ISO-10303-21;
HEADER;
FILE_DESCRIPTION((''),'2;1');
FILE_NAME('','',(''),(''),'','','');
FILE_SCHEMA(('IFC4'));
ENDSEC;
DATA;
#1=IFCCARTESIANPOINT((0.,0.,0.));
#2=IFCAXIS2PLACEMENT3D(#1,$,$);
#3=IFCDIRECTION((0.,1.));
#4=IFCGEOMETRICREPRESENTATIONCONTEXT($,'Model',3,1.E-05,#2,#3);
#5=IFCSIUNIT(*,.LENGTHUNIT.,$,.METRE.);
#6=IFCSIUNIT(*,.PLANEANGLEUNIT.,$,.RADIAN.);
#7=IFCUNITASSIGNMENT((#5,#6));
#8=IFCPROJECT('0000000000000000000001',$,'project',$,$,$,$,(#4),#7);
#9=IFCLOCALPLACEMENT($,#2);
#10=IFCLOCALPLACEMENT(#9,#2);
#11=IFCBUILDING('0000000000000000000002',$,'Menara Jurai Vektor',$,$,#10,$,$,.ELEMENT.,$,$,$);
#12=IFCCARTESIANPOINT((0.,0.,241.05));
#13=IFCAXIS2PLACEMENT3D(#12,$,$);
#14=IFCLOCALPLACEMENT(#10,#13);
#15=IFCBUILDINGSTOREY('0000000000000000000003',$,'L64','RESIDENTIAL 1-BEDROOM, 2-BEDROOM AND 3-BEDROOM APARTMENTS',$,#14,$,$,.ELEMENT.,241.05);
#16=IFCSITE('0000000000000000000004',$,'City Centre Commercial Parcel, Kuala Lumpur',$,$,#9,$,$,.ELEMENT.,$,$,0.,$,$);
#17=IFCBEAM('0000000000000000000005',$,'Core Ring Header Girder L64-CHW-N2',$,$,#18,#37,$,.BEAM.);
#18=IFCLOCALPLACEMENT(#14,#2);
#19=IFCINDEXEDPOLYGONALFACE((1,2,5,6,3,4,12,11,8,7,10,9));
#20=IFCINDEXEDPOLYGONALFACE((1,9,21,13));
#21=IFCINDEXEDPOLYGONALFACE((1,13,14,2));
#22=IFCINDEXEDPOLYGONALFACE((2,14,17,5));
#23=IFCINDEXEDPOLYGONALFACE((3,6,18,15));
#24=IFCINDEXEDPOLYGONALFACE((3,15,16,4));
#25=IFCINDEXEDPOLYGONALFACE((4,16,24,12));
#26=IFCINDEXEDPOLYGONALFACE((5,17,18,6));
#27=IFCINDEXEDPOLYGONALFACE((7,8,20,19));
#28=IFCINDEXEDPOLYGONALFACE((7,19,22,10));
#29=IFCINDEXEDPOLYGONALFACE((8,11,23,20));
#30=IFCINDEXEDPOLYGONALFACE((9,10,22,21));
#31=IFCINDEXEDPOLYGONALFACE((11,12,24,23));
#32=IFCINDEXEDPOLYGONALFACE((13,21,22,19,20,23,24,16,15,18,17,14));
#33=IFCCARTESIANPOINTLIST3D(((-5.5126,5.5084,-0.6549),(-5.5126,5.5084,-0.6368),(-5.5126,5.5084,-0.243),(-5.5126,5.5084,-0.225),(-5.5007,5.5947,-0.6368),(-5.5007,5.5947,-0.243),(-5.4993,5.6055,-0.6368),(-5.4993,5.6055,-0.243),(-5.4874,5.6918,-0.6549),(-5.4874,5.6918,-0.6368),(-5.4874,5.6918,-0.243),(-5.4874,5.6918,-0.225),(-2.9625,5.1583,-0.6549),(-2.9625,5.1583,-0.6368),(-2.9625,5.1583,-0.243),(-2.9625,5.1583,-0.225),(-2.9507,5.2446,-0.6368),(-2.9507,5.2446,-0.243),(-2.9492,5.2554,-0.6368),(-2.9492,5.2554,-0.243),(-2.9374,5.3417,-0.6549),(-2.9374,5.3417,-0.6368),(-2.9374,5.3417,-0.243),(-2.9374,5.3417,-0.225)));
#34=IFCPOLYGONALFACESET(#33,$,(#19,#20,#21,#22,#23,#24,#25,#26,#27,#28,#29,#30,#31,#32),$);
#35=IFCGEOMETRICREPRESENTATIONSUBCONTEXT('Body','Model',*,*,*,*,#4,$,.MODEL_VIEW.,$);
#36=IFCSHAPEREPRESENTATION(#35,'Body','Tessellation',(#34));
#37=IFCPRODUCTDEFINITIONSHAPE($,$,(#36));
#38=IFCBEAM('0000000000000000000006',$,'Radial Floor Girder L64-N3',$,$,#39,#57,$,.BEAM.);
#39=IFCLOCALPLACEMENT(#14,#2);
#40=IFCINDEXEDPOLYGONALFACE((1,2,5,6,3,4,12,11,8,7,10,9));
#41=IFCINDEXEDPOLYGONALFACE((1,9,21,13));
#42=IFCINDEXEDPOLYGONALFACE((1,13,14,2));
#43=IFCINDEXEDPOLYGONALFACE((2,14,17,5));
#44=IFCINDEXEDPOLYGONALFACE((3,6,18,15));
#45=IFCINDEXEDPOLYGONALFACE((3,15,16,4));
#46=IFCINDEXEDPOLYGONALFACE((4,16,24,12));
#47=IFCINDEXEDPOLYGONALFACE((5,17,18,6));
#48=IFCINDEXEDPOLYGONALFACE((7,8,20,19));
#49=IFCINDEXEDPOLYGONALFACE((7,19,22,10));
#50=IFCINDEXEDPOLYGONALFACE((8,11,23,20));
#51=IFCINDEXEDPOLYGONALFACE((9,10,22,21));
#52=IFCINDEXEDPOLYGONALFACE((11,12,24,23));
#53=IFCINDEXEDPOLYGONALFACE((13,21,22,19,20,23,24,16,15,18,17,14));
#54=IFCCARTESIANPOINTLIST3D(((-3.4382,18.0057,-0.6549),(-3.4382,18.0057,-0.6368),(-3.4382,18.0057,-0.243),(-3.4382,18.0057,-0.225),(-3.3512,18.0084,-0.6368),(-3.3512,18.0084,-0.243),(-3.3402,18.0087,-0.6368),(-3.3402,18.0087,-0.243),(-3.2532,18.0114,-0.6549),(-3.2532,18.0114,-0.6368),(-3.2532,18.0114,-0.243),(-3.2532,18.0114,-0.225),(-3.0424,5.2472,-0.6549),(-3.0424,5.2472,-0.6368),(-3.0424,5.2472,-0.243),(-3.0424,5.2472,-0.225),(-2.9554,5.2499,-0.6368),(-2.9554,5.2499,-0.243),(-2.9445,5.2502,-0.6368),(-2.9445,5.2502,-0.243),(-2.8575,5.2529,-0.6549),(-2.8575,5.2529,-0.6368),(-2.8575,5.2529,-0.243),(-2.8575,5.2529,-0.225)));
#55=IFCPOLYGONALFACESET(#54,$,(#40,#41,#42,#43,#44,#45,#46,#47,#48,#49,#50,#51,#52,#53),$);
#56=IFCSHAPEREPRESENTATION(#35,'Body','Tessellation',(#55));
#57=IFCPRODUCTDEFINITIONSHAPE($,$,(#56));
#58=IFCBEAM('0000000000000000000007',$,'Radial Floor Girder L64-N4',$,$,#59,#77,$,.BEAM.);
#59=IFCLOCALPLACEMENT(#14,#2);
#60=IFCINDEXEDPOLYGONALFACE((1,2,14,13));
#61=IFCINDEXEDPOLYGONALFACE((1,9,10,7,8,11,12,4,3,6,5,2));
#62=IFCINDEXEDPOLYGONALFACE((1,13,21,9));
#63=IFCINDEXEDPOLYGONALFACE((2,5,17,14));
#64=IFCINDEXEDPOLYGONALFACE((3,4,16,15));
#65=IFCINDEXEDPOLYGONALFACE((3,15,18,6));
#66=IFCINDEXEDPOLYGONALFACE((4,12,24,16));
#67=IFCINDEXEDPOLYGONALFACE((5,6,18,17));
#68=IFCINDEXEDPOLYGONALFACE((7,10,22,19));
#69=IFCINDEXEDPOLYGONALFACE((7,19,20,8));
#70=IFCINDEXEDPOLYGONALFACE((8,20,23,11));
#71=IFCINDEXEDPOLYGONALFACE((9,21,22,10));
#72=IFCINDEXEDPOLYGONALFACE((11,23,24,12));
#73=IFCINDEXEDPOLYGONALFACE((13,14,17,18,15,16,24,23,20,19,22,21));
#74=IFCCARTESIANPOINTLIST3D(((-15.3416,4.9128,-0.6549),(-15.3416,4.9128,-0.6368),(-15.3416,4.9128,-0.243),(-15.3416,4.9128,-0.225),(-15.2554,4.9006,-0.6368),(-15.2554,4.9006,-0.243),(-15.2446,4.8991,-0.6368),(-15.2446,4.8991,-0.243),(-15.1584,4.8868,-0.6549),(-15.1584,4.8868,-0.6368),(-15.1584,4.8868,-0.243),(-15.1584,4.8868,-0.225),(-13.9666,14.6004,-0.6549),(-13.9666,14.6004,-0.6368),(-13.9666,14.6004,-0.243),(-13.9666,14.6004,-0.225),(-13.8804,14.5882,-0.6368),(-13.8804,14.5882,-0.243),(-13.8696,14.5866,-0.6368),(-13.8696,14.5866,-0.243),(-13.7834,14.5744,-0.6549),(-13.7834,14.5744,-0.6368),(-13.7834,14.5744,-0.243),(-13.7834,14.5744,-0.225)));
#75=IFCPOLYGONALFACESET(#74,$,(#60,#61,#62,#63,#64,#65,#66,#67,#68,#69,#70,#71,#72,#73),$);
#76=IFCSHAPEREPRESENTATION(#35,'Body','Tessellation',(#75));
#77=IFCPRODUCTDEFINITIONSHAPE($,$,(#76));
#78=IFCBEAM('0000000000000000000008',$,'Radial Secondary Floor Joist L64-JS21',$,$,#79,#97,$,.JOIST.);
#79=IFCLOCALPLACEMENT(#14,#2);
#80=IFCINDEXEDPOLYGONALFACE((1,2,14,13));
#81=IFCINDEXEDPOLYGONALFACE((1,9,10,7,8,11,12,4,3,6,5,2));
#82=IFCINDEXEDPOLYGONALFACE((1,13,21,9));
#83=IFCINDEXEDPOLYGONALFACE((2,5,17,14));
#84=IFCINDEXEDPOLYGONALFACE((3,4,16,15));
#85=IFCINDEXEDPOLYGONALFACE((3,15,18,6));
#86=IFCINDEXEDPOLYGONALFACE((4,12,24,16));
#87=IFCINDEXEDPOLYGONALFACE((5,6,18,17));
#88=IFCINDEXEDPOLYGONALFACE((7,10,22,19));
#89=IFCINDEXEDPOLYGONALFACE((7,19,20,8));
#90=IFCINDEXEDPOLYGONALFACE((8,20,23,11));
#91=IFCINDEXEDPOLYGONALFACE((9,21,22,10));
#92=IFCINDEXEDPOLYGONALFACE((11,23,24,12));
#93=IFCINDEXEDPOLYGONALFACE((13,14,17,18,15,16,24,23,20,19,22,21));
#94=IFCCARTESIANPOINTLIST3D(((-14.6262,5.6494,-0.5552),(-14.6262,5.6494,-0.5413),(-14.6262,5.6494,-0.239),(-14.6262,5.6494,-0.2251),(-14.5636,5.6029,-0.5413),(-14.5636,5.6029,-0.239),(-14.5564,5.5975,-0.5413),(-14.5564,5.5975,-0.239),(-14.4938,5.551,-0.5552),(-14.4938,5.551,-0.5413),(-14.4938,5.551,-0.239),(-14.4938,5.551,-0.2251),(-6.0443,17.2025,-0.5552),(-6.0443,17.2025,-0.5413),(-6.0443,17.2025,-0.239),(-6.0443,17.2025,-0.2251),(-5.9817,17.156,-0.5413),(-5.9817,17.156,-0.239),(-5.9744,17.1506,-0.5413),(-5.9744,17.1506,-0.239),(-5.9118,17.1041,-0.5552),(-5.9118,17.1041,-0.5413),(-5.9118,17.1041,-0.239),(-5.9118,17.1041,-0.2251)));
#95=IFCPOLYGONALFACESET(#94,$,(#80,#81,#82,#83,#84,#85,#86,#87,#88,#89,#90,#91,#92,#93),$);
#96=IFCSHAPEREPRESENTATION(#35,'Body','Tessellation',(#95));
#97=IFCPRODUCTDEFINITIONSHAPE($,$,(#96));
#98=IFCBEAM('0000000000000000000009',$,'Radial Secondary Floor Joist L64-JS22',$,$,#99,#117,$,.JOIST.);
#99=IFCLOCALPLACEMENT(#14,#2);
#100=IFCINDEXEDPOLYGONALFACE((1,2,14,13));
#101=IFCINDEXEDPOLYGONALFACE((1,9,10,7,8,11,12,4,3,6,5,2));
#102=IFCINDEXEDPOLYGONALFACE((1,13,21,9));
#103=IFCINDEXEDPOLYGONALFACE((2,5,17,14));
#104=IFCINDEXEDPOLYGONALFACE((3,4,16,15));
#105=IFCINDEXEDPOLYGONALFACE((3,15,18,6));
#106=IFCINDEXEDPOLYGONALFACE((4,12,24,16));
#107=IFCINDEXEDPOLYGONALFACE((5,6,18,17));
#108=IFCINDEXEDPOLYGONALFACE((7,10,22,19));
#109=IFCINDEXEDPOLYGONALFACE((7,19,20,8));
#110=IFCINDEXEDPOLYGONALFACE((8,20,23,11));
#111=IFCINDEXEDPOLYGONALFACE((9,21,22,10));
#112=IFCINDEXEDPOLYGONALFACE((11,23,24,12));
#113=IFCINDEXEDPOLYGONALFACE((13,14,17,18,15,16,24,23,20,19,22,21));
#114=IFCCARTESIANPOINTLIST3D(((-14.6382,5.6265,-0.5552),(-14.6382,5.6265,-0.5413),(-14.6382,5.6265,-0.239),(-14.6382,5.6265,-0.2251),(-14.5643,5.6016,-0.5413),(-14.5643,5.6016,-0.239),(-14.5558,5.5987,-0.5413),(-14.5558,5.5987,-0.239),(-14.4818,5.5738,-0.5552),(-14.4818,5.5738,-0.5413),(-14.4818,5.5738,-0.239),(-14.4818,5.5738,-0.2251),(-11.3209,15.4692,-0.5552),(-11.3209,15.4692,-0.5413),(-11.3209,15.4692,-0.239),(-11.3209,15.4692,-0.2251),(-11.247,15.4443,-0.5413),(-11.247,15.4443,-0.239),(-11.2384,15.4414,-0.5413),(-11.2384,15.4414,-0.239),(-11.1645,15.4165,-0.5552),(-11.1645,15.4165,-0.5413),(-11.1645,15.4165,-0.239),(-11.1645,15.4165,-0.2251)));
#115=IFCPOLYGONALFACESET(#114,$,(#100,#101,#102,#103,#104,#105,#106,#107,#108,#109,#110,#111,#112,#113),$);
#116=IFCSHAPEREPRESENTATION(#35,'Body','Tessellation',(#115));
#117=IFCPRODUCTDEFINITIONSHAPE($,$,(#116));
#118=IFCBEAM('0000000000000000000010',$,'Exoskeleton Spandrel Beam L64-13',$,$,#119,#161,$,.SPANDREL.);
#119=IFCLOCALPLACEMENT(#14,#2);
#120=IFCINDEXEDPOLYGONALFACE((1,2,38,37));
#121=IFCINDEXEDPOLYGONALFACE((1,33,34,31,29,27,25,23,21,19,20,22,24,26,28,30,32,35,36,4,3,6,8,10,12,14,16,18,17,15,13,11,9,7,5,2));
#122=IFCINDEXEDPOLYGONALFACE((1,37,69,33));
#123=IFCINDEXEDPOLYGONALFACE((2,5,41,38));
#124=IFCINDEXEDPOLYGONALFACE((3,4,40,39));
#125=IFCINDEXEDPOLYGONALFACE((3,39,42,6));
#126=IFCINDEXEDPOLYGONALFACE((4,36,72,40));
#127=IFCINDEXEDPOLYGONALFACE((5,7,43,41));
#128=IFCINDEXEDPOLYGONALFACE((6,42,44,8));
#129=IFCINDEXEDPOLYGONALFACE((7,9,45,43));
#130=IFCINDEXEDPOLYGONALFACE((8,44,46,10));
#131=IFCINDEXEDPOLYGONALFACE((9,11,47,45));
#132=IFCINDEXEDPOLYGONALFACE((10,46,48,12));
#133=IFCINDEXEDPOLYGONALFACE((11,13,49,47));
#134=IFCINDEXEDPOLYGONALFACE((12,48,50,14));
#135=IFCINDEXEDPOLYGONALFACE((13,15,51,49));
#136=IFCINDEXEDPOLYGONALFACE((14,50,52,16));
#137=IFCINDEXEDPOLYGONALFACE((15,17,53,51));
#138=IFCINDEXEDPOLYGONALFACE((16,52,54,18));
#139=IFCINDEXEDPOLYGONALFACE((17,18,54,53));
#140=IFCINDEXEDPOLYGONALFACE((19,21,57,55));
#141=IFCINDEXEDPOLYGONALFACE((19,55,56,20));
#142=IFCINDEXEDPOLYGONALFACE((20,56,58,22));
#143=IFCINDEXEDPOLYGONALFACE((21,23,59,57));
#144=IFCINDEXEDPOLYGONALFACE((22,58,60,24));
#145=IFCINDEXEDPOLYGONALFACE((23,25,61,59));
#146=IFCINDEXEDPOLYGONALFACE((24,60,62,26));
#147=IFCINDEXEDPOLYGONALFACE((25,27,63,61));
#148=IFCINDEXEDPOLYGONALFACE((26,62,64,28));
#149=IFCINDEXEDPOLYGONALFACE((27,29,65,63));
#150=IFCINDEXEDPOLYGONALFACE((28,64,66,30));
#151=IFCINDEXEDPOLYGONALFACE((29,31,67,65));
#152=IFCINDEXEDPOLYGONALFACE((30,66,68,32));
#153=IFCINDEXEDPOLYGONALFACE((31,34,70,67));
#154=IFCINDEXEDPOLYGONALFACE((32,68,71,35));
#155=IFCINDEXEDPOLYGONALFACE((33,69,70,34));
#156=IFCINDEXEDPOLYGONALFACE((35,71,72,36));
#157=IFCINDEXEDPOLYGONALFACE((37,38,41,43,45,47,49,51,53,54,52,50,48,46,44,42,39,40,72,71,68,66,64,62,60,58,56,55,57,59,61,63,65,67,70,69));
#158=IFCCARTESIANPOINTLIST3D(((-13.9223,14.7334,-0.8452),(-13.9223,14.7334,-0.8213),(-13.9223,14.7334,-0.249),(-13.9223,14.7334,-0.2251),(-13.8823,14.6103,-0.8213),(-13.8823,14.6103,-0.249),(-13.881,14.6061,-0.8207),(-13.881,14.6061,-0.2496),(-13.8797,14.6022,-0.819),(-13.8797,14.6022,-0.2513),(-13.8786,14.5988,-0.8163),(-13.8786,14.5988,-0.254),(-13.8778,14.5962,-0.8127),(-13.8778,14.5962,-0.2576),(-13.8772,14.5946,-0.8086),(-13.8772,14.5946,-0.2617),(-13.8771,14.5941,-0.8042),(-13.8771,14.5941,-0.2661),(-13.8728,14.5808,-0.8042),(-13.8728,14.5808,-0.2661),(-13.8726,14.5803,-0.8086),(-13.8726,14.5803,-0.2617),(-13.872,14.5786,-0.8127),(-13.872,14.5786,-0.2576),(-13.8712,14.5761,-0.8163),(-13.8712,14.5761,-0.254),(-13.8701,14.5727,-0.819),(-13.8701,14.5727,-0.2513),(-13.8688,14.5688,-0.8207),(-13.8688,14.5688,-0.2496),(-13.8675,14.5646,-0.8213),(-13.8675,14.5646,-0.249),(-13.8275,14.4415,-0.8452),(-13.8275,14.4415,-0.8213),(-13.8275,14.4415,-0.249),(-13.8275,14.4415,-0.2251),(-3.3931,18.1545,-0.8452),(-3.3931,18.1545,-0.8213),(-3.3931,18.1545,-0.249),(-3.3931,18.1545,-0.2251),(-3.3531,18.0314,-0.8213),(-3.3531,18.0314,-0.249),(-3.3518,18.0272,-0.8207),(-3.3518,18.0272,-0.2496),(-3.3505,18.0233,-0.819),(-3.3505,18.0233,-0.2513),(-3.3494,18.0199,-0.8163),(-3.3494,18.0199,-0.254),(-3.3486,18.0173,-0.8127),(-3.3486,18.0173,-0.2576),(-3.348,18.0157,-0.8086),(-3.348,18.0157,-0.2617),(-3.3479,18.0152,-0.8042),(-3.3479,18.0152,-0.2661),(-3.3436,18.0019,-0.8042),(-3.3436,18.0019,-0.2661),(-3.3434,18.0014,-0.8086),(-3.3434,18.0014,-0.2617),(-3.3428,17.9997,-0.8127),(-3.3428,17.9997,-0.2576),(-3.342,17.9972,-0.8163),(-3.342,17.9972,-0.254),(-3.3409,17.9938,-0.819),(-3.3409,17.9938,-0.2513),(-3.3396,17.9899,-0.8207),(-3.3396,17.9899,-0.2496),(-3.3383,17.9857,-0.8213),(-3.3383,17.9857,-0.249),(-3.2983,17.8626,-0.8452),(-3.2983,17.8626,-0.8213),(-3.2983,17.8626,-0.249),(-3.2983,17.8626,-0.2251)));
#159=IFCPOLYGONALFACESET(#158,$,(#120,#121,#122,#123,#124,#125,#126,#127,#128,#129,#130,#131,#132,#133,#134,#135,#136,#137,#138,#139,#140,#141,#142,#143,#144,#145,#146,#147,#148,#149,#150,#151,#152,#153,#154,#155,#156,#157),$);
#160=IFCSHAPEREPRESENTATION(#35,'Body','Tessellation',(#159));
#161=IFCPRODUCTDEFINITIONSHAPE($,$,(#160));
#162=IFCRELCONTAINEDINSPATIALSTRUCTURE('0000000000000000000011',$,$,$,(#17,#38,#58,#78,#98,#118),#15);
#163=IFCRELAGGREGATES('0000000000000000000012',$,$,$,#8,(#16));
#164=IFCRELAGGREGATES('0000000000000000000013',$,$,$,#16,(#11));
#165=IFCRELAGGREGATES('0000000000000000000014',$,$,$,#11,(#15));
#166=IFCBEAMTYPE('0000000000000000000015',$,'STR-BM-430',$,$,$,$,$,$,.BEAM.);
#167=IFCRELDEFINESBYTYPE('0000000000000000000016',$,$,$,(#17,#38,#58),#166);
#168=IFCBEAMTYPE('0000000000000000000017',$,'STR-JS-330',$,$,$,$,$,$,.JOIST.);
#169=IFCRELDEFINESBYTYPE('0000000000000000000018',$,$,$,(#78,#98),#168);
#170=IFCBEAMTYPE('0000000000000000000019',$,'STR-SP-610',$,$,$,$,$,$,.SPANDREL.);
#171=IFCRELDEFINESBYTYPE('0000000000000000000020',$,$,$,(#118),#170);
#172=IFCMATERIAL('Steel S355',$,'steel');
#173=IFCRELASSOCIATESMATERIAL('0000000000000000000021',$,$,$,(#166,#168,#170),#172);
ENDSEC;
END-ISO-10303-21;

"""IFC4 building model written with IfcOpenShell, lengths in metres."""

from ifc_helpers import new_model, si_unit, direction, frame, origin, origin_2d, place, context, subcontext, project, spatial, i_section, extrude, material, material_profile, profile_set, type_object, element, save


model = new_model("IFC4")

# Units and contexts
model_context = context("Model", 3, precision=1e-05, world=origin(), true_north=direction((0.0, 1.0)))
body_context = subcontext(model_context, "Body", "Model", "MODEL_VIEW")
ifc_project = project(units=[si_unit("LENGTHUNIT", "METRE"), si_unit("PLANEANGLEUNIT", "RADIAN")], contexts=[model_context])

# Site, building, storey
site_placement = place(None, origin())
site = spatial("IfcSite", under=ifc_project, at=site_placement, Name="City Centre Commercial Parcel, Kuala Lumpur", CompositionType="ELEMENT", RefElevation=0.0)
building_placement = place(site_placement, origin())
building = spatial("IfcBuilding", under=site, at=building_placement, Name="Menara Jurai Vektor", CompositionType="ELEMENT")
storey_placement = place(building_placement, frame((0.0, 0.0, 241.05)))
storey = spatial("IfcBuildingStorey", under=building, at=storey_placement, Name="L64", Description="RESIDENTIAL 1-BEDROOM, 2-BEDROOM AND 3-BEDROOM APARTMENTS", CompositionType="ELEMENT", Elevation=241.05)

# Beams
ifc_material_1 = material(Name="Steel S355", Category="steel")
ifc_material_profile_1 = material_profile(ifc_material_1, i_section(OverallWidth=0.1851, OverallDepth=0.4299, WebThickness=0.011, FlangeThickness=0.0181, at=origin_2d()), Name="PG 430x185x76")
ifc_profile_set_1 = profile_set([ifc_material_profile_1], Name="Steel S355")
beam_type_1 = type_object("IfcBeamType", Name="STR-BM-430", PredefinedType="BEAM", material=ifc_profile_set_1)
beam_1_placement = place(storey_placement, frame((-5.5, 5.6001, -0.4399), z_axis=(0.990707, -0.136015, 0.0), x_axis=(0.136015, 0.990707, 0.0)))
element("IfcBeam", 1, at=beam_1_placement, inside=storey, type_object=beam_type_1, Name="Core Ring Header Girder L64-CHW-N2", PredefinedType="BEAM", context=body_context, shape_type="SweptSolid", body=[
    extrude(i_section(OverallWidth=0.1851, OverallDepth=0.4299, WebThickness=0.011, FlangeThickness=0.0181, at=origin_2d()), origin(), (0.0, 0.0, 1.0), 2.574),
])
beam_2_placement = place(storey_placement, frame((-3.3457, 18.0085, -0.4399), z_axis=(0.031004, -0.999519, 0.0), x_axis=(0.999519, 0.031004, 0.0)))
element("IfcBeam", 2, at=beam_2_placement, inside=storey, type_object=beam_type_1, Name="Radial Floor Girder L64-N3", PredefinedType="BEAM", context=body_context, shape_type="SweptSolid", body=[
    extrude(i_section(OverallWidth=0.1851, OverallDepth=0.4299, WebThickness=0.011, FlangeThickness=0.0181, at=origin_2d()), origin(), (0.0, 0.0, 1.0), 12.7646),
])
beam_3_placement = place(storey_placement, frame((-13.875, 14.5874, -0.4399), z_axis=(-0.140527, -0.990077, 0.0), x_axis=(0.990077, -0.140527, 0.0)))
element("IfcBeam", 3, at=beam_3_placement, inside=storey, type_object=beam_type_1, Name="Radial Floor Girder L64-N4", PredefinedType="BEAM", context=body_context, shape_type="SweptSolid", body=[
    extrude(i_section(OverallWidth=0.1851, OverallDepth=0.4299, WebThickness=0.011, FlangeThickness=0.0181, at=origin_2d()), origin(), (0.0, 0.0, 1.0), 9.7847),
])
ifc_material_profile_2 = material_profile(ifc_material_1, i_section(OverallWidth=0.165, OverallDepth=0.3301, WebThickness=0.009, FlangeThickness=0.0139, at=origin_2d()), Name="PG 330x165x46")
ifc_profile_set_2 = profile_set([ifc_material_profile_2], Name="Steel S355")
beam_type_2 = type_object("IfcBeamType", Name="STR-JS-330", PredefinedType="JOIST", material=ifc_profile_set_2)
beam_4_placement = place(storey_placement, frame((-5.978, 17.1533, -0.3901), z_axis=(-0.596308, -0.802756, 0.0), x_axis=(0.802756, -0.596308, 0.0)))
element("IfcBeam", 4, at=beam_4_placement, inside=storey, type_object=beam_type_2, Name="Radial Secondary Floor Joist L64-JS21", PredefinedType="JOIST", context=body_context, shape_type="SweptSolid", body=[
    extrude(i_section(OverallWidth=0.165, OverallDepth=0.3301, WebThickness=0.009, FlangeThickness=0.0139, at=origin_2d()), origin(), (0.0, 0.0, 1.0), 14.3918),
])
beam_5_placement = place(storey_placement, frame((-11.2427, 15.4429, -0.3901), z_axis=(-0.319385, -0.947625, 0.0), x_axis=(0.947625, -0.319385, 0.0)))
element("IfcBeam", 5, at=beam_5_placement, inside=storey, type_object=beam_type_2, Name="Radial Secondary Floor Joist L64-JS22", PredefinedType="JOIST", context=body_context, shape_type="SweptSolid", body=[
    extrude(i_section(OverallWidth=0.165, OverallDepth=0.3301, WebThickness=0.009, FlangeThickness=0.0139, at=origin_2d()), origin(), (0.0, 0.0, 1.0), 10.3867),
])
ifc_material_profile_3 = material_profile(ifc_material_1, i_section(OverallWidth=0.3069, OverallDepth=0.6201, WebThickness=0.0139, FlangeThickness=0.0239, FilletRadius=0.0171, at=origin_2d()), Name="UKB 610x305x179")
ifc_profile_set_3 = profile_set([ifc_material_profile_3], Name="Steel S355")
beam_type_3 = type_object("IfcBeamType", Name="STR-SP-610", PredefinedType="SPANDREL", material=ifc_profile_set_3)
for number, where, z_axis, x_axis, name in (
    (6, (-3.3457, 18.0085, -0.5352), (-0.951057, -0.309014, 0.0), (0.309014, -0.951057, 0.0), "Exoskeleton Spandrel Beam L64-13"),
):
    element("IfcBeam", number, at=place(storey_placement, frame(where, z_axis=z_axis, x_axis=x_axis)), inside=storey, type_object=beam_type_3, Name=name, PredefinedType="SPANDREL", context=body_context, shape_type="SweptSolid", body=[
        extrude(i_section(OverallWidth=0.3069, OverallDepth=0.6201, WebThickness=0.0139, FlangeThickness=0.0239, FilletRadius=0.0171, at=origin_2d()), origin(), (0.0, 0.0, 1.0), 11.071),
    ])

save(model, "model.ifc")
